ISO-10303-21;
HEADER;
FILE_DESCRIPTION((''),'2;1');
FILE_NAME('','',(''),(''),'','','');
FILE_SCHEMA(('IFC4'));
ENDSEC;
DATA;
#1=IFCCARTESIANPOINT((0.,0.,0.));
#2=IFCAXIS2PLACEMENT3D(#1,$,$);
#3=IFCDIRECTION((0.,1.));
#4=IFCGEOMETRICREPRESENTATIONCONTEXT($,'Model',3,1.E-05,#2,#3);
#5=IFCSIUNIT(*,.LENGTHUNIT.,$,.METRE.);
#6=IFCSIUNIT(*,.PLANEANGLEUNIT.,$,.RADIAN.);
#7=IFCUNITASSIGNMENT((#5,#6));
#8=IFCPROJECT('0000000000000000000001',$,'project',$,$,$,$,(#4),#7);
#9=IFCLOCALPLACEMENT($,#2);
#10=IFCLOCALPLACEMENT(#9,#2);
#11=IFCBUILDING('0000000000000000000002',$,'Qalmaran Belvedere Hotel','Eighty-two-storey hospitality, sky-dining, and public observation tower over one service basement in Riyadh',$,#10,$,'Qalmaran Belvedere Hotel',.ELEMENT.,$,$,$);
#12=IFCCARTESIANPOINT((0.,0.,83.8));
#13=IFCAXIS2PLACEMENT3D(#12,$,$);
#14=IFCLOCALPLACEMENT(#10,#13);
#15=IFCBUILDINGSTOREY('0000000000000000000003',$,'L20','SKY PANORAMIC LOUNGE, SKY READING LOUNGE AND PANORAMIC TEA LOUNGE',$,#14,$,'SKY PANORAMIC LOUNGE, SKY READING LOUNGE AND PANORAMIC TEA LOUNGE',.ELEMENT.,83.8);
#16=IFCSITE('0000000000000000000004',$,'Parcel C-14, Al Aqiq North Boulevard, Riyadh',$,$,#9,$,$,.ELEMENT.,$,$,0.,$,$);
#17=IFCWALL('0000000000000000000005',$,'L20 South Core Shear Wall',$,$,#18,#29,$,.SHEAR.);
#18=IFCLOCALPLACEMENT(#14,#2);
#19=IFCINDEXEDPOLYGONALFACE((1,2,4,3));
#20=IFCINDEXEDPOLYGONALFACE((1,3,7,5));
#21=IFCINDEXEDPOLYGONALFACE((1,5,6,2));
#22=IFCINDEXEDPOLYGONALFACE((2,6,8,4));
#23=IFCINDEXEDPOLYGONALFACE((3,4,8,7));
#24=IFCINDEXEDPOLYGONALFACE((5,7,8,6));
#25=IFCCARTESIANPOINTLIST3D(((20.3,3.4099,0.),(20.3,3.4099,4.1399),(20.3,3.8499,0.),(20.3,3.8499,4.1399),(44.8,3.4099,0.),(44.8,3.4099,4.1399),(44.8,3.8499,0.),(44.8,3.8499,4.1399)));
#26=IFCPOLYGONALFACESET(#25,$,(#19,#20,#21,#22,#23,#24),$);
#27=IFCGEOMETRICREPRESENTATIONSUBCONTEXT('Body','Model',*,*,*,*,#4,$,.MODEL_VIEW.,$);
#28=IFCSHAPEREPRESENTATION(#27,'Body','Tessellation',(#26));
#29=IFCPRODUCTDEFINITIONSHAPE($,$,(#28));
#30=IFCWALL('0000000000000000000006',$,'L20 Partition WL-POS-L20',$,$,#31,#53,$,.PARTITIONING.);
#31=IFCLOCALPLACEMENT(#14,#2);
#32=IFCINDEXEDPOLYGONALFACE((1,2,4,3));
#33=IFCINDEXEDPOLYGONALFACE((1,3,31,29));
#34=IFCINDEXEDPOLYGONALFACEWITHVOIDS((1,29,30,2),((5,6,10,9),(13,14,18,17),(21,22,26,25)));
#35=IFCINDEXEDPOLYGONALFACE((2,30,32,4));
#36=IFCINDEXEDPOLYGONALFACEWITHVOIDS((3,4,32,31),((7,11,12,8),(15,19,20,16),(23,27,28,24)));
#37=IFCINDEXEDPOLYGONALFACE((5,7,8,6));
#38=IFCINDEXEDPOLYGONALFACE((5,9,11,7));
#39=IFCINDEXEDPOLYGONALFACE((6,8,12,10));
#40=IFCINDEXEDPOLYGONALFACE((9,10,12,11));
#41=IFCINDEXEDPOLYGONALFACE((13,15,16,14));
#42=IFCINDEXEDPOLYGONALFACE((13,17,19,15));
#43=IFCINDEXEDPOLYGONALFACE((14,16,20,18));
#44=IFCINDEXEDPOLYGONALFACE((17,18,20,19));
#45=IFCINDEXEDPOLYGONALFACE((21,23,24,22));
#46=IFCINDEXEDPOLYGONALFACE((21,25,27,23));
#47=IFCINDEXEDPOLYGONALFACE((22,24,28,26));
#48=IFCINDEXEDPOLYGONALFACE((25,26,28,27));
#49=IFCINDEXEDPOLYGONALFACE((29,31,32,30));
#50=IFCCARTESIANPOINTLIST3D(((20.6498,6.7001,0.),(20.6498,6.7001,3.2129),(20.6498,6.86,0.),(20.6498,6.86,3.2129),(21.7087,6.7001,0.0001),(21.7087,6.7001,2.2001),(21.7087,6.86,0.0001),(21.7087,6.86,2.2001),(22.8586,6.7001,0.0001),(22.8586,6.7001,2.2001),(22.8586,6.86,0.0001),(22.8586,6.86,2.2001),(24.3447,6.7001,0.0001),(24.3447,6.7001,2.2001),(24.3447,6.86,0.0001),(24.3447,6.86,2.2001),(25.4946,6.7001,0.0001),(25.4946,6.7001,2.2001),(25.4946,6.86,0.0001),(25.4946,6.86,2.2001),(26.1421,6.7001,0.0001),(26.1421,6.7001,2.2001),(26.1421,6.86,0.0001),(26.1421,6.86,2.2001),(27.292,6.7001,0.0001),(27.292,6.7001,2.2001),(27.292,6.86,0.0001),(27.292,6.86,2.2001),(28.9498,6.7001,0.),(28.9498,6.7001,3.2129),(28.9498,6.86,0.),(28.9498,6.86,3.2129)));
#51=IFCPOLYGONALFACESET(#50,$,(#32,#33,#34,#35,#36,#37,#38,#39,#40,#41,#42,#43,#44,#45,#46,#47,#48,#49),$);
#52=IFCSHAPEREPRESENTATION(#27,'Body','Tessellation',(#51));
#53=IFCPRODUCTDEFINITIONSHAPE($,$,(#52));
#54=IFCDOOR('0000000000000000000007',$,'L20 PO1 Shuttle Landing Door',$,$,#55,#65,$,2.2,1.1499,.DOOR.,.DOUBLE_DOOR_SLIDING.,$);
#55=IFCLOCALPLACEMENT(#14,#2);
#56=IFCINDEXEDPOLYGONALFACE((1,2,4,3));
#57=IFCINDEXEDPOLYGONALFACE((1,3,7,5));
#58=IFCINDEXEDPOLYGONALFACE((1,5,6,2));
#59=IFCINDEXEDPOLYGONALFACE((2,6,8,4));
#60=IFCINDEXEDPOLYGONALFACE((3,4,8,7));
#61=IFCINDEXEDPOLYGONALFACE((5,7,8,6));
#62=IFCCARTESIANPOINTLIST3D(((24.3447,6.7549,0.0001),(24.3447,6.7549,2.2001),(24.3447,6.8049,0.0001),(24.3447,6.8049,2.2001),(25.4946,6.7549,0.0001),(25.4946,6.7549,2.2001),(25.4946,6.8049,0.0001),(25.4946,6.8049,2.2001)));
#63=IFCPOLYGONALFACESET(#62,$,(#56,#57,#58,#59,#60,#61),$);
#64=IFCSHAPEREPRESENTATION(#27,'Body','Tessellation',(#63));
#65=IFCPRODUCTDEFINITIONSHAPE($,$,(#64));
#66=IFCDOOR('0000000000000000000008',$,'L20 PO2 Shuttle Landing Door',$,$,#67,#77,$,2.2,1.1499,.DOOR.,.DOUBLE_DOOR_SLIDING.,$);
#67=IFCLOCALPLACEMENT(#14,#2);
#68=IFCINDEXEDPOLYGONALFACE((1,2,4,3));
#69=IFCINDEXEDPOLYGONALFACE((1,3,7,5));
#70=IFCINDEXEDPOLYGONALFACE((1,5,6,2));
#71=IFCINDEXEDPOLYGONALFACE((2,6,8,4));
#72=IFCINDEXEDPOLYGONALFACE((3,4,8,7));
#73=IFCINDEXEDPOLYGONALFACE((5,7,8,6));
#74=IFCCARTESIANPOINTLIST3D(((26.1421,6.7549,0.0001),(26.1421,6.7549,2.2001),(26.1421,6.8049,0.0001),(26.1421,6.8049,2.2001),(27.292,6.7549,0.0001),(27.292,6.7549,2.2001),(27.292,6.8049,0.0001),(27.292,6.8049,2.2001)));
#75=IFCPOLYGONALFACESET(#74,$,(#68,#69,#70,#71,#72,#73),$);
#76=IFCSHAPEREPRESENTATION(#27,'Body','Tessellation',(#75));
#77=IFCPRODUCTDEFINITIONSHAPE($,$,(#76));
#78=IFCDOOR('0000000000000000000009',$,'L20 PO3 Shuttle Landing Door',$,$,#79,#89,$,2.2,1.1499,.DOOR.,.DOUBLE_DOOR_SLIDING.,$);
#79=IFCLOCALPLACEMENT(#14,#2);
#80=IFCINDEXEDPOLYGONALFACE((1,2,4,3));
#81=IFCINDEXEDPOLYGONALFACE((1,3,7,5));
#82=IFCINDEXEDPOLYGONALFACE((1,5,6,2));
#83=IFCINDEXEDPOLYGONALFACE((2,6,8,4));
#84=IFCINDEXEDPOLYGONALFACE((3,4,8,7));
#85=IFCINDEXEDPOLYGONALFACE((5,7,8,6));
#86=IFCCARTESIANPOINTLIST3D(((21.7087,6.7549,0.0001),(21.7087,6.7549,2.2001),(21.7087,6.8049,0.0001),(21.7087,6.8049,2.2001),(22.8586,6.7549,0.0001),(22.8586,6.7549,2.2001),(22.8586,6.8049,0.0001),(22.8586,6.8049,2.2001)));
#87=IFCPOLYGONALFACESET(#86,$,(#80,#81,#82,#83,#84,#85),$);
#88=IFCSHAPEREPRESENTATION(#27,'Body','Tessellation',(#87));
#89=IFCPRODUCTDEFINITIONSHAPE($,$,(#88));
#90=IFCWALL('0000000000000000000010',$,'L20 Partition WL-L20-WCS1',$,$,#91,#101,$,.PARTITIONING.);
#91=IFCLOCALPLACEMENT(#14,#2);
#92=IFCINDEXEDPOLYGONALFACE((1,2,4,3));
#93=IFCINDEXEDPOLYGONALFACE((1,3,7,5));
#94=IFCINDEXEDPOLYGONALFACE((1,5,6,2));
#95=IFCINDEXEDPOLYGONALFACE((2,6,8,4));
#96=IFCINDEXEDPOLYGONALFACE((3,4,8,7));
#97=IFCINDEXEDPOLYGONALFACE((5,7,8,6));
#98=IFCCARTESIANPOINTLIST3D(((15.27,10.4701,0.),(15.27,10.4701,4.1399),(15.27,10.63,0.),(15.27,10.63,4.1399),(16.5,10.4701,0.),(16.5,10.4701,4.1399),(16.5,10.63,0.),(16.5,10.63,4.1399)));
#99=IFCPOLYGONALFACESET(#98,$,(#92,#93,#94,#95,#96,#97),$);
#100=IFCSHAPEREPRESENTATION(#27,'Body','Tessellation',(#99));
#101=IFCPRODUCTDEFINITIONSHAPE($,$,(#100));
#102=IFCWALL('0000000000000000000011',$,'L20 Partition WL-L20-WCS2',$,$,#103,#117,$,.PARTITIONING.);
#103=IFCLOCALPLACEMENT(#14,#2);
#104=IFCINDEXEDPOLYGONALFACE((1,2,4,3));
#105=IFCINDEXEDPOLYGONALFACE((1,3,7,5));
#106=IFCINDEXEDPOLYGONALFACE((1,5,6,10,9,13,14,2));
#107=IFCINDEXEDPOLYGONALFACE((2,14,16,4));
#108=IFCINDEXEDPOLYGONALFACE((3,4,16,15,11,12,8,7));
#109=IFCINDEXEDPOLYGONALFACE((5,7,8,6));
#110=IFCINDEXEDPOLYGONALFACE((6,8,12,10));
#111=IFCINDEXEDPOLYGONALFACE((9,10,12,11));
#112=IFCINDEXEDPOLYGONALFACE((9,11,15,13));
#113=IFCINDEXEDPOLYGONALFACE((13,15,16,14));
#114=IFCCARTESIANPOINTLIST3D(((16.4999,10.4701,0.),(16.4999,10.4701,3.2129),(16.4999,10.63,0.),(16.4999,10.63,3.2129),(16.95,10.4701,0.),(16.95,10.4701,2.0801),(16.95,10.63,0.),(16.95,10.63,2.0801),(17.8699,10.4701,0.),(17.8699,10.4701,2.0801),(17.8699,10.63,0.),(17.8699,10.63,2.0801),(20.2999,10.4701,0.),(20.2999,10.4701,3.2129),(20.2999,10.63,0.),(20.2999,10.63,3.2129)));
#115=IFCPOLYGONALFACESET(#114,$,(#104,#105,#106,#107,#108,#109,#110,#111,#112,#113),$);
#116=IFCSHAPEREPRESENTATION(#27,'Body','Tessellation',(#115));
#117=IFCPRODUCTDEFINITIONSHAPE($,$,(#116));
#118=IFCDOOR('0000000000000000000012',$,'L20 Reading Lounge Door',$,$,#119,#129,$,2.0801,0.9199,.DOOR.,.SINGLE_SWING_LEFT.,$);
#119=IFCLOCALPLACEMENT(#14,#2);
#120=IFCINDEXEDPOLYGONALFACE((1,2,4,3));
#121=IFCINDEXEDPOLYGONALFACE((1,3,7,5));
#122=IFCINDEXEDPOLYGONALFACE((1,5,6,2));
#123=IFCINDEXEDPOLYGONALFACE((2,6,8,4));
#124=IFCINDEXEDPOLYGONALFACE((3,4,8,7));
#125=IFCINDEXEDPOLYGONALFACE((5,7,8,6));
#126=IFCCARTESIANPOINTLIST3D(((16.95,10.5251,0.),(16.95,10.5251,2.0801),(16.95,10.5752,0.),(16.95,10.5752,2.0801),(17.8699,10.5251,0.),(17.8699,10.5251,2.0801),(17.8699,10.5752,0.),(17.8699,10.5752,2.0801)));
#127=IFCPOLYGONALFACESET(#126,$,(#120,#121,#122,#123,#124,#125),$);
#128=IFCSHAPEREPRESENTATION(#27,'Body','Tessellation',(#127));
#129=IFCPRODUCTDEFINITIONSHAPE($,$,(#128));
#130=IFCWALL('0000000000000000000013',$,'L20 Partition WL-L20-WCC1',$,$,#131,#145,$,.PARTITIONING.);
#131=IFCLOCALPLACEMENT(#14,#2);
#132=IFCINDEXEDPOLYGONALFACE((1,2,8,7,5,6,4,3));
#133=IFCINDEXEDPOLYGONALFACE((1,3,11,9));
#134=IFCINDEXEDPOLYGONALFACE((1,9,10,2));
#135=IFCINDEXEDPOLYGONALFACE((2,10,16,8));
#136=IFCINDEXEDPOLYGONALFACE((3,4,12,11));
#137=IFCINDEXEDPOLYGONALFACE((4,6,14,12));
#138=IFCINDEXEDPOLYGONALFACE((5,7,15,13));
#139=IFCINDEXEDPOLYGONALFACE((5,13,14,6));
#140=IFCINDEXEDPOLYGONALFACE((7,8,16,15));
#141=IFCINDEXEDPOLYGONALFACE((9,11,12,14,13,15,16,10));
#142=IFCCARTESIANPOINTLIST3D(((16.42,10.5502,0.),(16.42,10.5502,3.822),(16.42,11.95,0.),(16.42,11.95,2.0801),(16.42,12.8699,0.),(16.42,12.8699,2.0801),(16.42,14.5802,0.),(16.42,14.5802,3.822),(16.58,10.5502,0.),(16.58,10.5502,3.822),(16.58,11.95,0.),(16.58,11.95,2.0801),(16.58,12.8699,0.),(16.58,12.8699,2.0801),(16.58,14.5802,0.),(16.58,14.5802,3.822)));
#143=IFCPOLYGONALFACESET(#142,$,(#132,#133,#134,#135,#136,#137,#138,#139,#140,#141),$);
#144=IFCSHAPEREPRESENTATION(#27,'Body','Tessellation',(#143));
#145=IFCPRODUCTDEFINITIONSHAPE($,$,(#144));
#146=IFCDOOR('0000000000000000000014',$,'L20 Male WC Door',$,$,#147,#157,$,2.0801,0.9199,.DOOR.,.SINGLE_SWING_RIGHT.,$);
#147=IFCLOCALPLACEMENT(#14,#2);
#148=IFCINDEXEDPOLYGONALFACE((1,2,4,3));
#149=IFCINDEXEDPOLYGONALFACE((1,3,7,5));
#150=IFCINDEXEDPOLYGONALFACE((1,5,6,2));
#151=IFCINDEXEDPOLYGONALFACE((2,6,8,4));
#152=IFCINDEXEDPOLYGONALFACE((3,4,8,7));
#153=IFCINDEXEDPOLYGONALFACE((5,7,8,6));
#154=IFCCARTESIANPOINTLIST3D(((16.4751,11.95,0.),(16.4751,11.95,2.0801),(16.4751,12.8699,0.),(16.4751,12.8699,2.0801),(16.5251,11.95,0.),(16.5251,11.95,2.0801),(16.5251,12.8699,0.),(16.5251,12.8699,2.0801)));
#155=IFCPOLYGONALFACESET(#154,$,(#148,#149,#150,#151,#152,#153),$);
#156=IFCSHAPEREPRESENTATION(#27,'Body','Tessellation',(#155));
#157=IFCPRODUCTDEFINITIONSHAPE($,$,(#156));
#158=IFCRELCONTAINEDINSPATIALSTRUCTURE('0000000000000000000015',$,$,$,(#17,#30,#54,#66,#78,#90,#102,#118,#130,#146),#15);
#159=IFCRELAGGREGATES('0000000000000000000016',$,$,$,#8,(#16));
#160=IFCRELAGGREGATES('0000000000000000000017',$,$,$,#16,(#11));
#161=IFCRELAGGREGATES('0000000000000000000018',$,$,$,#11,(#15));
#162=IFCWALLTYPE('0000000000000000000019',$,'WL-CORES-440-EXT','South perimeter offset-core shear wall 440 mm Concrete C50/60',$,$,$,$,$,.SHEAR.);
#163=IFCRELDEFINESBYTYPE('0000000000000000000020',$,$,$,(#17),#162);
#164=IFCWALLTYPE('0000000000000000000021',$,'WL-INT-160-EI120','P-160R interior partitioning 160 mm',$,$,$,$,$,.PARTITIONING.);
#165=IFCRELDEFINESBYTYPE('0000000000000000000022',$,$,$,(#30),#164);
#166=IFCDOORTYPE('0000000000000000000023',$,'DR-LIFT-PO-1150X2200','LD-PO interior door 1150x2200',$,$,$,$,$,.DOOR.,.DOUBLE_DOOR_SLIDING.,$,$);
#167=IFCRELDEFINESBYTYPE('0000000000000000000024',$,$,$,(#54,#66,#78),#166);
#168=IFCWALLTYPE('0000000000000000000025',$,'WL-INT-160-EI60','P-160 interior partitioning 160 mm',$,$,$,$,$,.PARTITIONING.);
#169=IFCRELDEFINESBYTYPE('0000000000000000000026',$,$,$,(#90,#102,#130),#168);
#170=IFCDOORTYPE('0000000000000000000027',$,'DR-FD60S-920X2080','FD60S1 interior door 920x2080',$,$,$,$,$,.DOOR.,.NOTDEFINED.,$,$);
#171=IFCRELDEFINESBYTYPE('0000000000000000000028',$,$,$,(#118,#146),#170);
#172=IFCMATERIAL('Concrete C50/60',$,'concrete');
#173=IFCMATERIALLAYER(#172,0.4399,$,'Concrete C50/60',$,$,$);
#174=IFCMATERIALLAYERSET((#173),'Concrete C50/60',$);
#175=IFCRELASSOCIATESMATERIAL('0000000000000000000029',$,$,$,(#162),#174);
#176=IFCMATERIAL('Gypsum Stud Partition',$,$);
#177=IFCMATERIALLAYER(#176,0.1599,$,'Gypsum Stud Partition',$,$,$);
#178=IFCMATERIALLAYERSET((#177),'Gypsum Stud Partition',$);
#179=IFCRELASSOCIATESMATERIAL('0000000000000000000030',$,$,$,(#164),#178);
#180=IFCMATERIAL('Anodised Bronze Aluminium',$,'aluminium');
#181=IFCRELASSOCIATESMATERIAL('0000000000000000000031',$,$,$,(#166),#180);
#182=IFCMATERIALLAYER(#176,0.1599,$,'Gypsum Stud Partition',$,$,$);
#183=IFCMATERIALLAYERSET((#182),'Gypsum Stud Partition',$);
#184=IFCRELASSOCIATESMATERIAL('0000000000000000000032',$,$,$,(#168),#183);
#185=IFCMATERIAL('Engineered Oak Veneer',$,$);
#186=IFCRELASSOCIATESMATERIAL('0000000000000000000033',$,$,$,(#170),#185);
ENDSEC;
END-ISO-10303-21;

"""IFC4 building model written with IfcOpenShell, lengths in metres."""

from ifc_helpers import new_model, si_unit, direction, frame, frame_2d, origin, place, context, subcontext, project, spatial, rectangle, extrude, material, layer, layer_set, type_object, element, fill, save


model = new_model("IFC4")

# Units and contexts
model_context = context("Model", 3, precision=1e-05, world=origin(), true_north=direction((0.0, 1.0)))
body_context = subcontext(model_context, "Body", "Model", "MODEL_VIEW")
ifc_project = project(units=[si_unit("LENGTHUNIT", "METRE"), si_unit("PLANEANGLEUNIT", "RADIAN")], contexts=[model_context])

# Site, building, storey
site_placement = place(None, origin())
site = spatial("IfcSite", under=ifc_project, at=site_placement, Name="Parcel C-14, Al Aqiq North Boulevard, Riyadh", CompositionType="ELEMENT", RefElevation=0.0)
building_placement = place(site_placement, origin())
building = spatial("IfcBuilding", under=site, at=building_placement, Name="Qalmaran Belvedere Hotel", Description="Eighty-two-storey hospitality, sky-dining, and public observation tower over one service basement in Riyadh", LongName="Qalmaran Belvedere Hotel", CompositionType="ELEMENT")
storey_placement = place(building_placement, frame((0.0, 0.0, 83.8)))
storey = spatial("IfcBuildingStorey", under=building, at=storey_placement, Name="L20", Description="SKY PANORAMIC LOUNGE, SKY READING LOUNGE AND PANORAMIC TEA LOUNGE", LongName="SKY PANORAMIC LOUNGE, SKY READING LOUNGE AND PANORAMIC TEA LOUNGE", CompositionType="ELEMENT", Elevation=83.8)

# Shared definitions
ifc_material_1 = material(Name="Anodised Bronze Aluminium", Category="aluminium")

# Wall
ifc_material_2 = material(Name="Concrete C50/60", Category="concrete")
ifc_layer_1 = layer(ifc_material_2, 0.4399, Name="Concrete C50/60")
ifc_layer_set_1 = layer_set([ifc_layer_1], Name="Concrete C50/60")
wall_type_1 = type_object("IfcWallType", Name="WL-CORES-440-EXT", Description="South perimeter offset-core shear wall 440 mm Concrete C50/60", PredefinedType="SHEAR", material=ifc_layer_set_1)
wall_1_placement = place(storey_placement, frame((20.3, 3.6299, 0.0), z_axis=(0.0, 0.0, 1.0), x_axis=(1.0, 0.0, 0.0)))
element("IfcWall", 1, at=wall_1_placement, inside=storey, type_object=wall_type_1, Name="L20 South Core Shear Wall", PredefinedType="SHEAR", context=body_context, shape_type="SweptSolid", body=[
    extrude(rectangle(XDim=24.5, YDim=0.4399, at=frame_2d((12.25, 0.0))), origin(), (0.0, 0.0, 1.0), 4.1399),
])

# Wall, openings, doors
ifc_material_3 = material(Name="Gypsum Stud Partition")
ifc_layer_2 = layer(ifc_material_3, 0.1599, Name="Gypsum Stud Partition")
ifc_layer_set_2 = layer_set([ifc_layer_2], Name="Gypsum Stud Partition")
wall_type_2 = type_object("IfcWallType", Name="WL-INT-160-EI120", Description="P-160R interior partitioning 160 mm", PredefinedType="PARTITIONING", material=ifc_layer_set_2)
wall_2_placement = place(storey_placement, frame((20.6499, 6.78, 0.0), z_axis=(0.0, 0.0, 1.0), x_axis=(1.0, 0.0, 0.0)))
wall_2 = element("IfcWall", 2, at=wall_2_placement, inside=storey, type_object=wall_type_2, Name="L20 Partition WL-POS-L20", PredefinedType="PARTITIONING", context=body_context, shape_type="SweptSolid", body=[
    extrude(rectangle(XDim=8.3, YDim=0.1599, at=frame_2d((4.1499, 0.0))), origin(), (0.0, 0.0, 1.0), 3.2129),
])
opening_1_placement = place(wall_2_placement, frame((3.6948, 0.0, 0.0)))
opening_1 = element("IfcOpeningElement", 3, at=opening_1_placement, cuts=wall_2, PredefinedType="OPENING", context=body_context, shape_type="SweptSolid", body=[
    extrude(rectangle(XDim=1.1499, YDim=2.2, at=frame_2d((0.575, 1.1001))), frame((0.0, 0.0898, 0.0), z_axis=(0.0, -1.0, 0.0), x_axis=(1.0, 0.0, 0.0)), (0.0, 0.0, 1.0), 0.1799),
])
opening_2_placement = place(wall_2_placement, frame((5.4922, 0.0, 0.0)))
opening_2 = element("IfcOpeningElement", 4, at=opening_2_placement, cuts=wall_2, PredefinedType="OPENING", context=body_context, shape_type="SweptSolid", body=[
    extrude(rectangle(XDim=1.1499, YDim=2.2, at=frame_2d((0.575, 1.1001))), frame((0.0, 0.0898, 0.0), z_axis=(0.0, -1.0, 0.0), x_axis=(1.0, 0.0, 0.0)), (0.0, 0.0, 1.0), 0.1799),
])
opening_3_placement = place(wall_2_placement, frame((1.0588, 0.0, 0.0)))
opening_3 = element("IfcOpeningElement", 5, at=opening_3_placement, cuts=wall_2, PredefinedType="OPENING", context=body_context, shape_type="SweptSolid", body=[
    extrude(rectangle(XDim=1.1499, YDim=2.2, at=frame_2d((0.575, 1.1001))), frame((0.0, 0.0898, 0.0), z_axis=(0.0, -1.0, 0.0), x_axis=(1.0, 0.0, 0.0)), (0.0, 0.0, 1.0), 0.1799),
])
door_type_1 = type_object("IfcDoorType", Name="DR-LIFT-PO-1150X2200", Description="LD-PO interior door 1150x2200", OperationType="DOUBLE_DOOR_SLIDING", PredefinedType="DOOR", material=ifc_material_1)
door_1_placement = place(opening_1_placement, origin())
door_1 = element("IfcDoor", 6, at=door_1_placement, inside=storey, type_object=door_type_1, Name="L20 PO1 Shuttle Landing Door", OperationType="DOUBLE_DOOR_SLIDING", OverallHeight=2.2, OverallWidth=1.1499, PredefinedType="DOOR", context=body_context, shape_type="SweptSolid", body=[
    extrude(rectangle(XDim=1.1499, YDim=2.2, at=frame_2d((0.575, 1.1001))), frame((0.0, 0.0249, 0.0), z_axis=(0.0, -1.0, 0.0), x_axis=(1.0, 0.0, 0.0)), (0.0, 0.0, 1.0), 0.05),
])
fill(opening_1, door_1)
door_2_placement = place(opening_2_placement, origin())
door_2 = element("IfcDoor", 7, at=door_2_placement, inside=storey, type_object=door_type_1, Name="L20 PO2 Shuttle Landing Door", OperationType="DOUBLE_DOOR_SLIDING", OverallHeight=2.2, OverallWidth=1.1499, PredefinedType="DOOR", context=body_context, shape_type="SweptSolid", body=[
    extrude(rectangle(XDim=1.1499, YDim=2.2, at=frame_2d((0.575, 1.1001))), frame((0.0, 0.0249, 0.0), z_axis=(0.0, -1.0, 0.0), x_axis=(1.0, 0.0, 0.0)), (0.0, 0.0, 1.0), 0.05),
])
fill(opening_2, door_2)
door_3_placement = place(opening_3_placement, origin())
door_3 = element("IfcDoor", 8, at=door_3_placement, inside=storey, type_object=door_type_1, Name="L20 PO3 Shuttle Landing Door", OperationType="DOUBLE_DOOR_SLIDING", OverallHeight=2.2, OverallWidth=1.1499, PredefinedType="DOOR", context=body_context, shape_type="SweptSolid", body=[
    extrude(rectangle(XDim=1.1499, YDim=2.2, at=frame_2d((0.575, 1.1001))), frame((0.0, 0.0249, 0.0), z_axis=(0.0, -1.0, 0.0), x_axis=(1.0, 0.0, 0.0)), (0.0, 0.0, 1.0), 0.05),
])
fill(opening_3, door_3)

# Wall
ifc_layer_3 = layer(ifc_material_3, 0.1599, Name="Gypsum Stud Partition")
ifc_layer_set_3 = layer_set([ifc_layer_3], Name="Gypsum Stud Partition")
wall_type_3 = type_object("IfcWallType", Name="WL-INT-160-EI60", Description="P-160 interior partitioning 160 mm", PredefinedType="PARTITIONING", material=ifc_layer_set_3)
wall_3_placement = place(storey_placement, frame((15.27, 10.55, 0.0), z_axis=(0.0, 0.0, 1.0), x_axis=(1.0, 0.0, 0.0)))
element("IfcWall", 9, at=wall_3_placement, inside=storey, type_object=wall_type_3, Name="L20 Partition WL-L20-WCS1", PredefinedType="PARTITIONING", context=body_context, shape_type="SweptSolid", body=[
    extrude(rectangle(XDim=1.23, YDim=0.1599, at=frame_2d((0.615, 0.0))), origin(), (0.0, 0.0, 1.0), 4.1399),
])

# Walls, openings, doors
wall_4_placement = place(storey_placement, frame((16.5, 10.55, 0.0), z_axis=(0.0, 0.0, 1.0), x_axis=(1.0, 0.0, 0.0)))
wall_4 = element("IfcWall", 10, at=wall_4_placement, inside=storey, type_object=wall_type_3, Name="L20 Partition WL-L20-WCS2", PredefinedType="PARTITIONING", context=body_context, shape_type="SweptSolid", body=[
    extrude(rectangle(XDim=3.8, YDim=0.1599, at=frame_2d((1.8999, 0.0))), origin(), (0.0, 0.0, 1.0), 3.2129),
])
opening_4_placement = place(wall_4_placement, frame((1.3699, 0.0, 0.0), z_axis=(0.0, 0.0, 1.0), x_axis=(-1.0, 0.0, 0.0)))
opening_4 = element("IfcOpeningElement", 11, at=opening_4_placement, cuts=wall_4, PredefinedType="OPENING", context=body_context, shape_type="SweptSolid", body=[
    extrude(rectangle(XDim=0.9199, YDim=2.0801, at=frame_2d((0.46, 1.04))), frame((0.0, 0.0898, 0.0), z_axis=(0.0, -1.0, 0.0), x_axis=(1.0, 0.0, 0.0)), (0.0, 0.0, 1.0), 0.1799),
])
ifc_material_4 = material(Name="Engineered Oak Veneer")
door_type_2 = type_object("IfcDoorType", Name="DR-FD60S-920X2080", Description="FD60S1 interior door 920x2080", OperationType="NOTDEFINED", PredefinedType="DOOR", material=ifc_material_4)
door_4_placement = place(opening_4_placement, origin())
door_4 = element("IfcDoor", 12, at=door_4_placement, inside=storey, type_object=door_type_2, Name="L20 Reading Lounge Door", OperationType="SINGLE_SWING_LEFT", OverallHeight=2.0801, OverallWidth=0.9199, PredefinedType="DOOR", context=body_context, shape_type="SweptSolid", body=[
    extrude(rectangle(XDim=0.9199, YDim=2.0801, at=frame_2d((0.46, 1.04))), frame((0.0, 0.0249, 0.0), z_axis=(0.0, -1.0, 0.0), x_axis=(1.0, 0.0, 0.0)), (0.0, 0.0, 1.0), 0.05),
])
fill(opening_4, door_4)
wall_5_placement = place(storey_placement, frame((16.5, 10.55, 0.0), z_axis=(0.0, 0.0, 1.0), x_axis=(0.0, 1.0, 0.0)))
wall_5 = element("IfcWall", 13, at=wall_5_placement, inside=storey, type_object=wall_type_3, Name="L20 Partition WL-L20-WCC1", PredefinedType="PARTITIONING", context=body_context, shape_type="SweptSolid", body=[
    extrude(rectangle(XDim=4.03, YDim=0.1599, at=frame_2d((2.0151, 0.0))), origin(), (0.0, 0.0, 1.0), 3.822),
])
opening_5_placement = place(wall_5_placement, frame((1.3999, 0.0, 0.0)))
opening_5 = element("IfcOpeningElement", 14, at=opening_5_placement, cuts=wall_5, PredefinedType="OPENING", context=body_context, shape_type="SweptSolid", body=[
    extrude(rectangle(XDim=0.9199, YDim=2.0801, at=frame_2d((0.46, 1.04))), frame((0.0, 0.0898, 0.0), z_axis=(0.0, -1.0, 0.0), x_axis=(1.0, 0.0, 0.0)), (0.0, 0.0, 1.0), 0.1799),
])
door_5_placement = place(opening_5_placement, origin())
door_5 = element("IfcDoor", 15, at=door_5_placement, inside=storey, type_object=door_type_2, Name="L20 Male WC Door", OperationType="SINGLE_SWING_RIGHT", OverallHeight=2.0801, OverallWidth=0.9199, PredefinedType="DOOR", context=body_context, shape_type="SweptSolid", body=[
    extrude(rectangle(XDim=0.9199, YDim=2.0801, at=frame_2d((0.46, 1.04))), frame((0.0, 0.0249, 0.0), z_axis=(0.0, -1.0, 0.0), x_axis=(1.0, 0.0, 0.0)), (0.0, 0.0, 1.0), 0.05),
])
fill(opening_5, door_5)

save(model, "model.ifc")
